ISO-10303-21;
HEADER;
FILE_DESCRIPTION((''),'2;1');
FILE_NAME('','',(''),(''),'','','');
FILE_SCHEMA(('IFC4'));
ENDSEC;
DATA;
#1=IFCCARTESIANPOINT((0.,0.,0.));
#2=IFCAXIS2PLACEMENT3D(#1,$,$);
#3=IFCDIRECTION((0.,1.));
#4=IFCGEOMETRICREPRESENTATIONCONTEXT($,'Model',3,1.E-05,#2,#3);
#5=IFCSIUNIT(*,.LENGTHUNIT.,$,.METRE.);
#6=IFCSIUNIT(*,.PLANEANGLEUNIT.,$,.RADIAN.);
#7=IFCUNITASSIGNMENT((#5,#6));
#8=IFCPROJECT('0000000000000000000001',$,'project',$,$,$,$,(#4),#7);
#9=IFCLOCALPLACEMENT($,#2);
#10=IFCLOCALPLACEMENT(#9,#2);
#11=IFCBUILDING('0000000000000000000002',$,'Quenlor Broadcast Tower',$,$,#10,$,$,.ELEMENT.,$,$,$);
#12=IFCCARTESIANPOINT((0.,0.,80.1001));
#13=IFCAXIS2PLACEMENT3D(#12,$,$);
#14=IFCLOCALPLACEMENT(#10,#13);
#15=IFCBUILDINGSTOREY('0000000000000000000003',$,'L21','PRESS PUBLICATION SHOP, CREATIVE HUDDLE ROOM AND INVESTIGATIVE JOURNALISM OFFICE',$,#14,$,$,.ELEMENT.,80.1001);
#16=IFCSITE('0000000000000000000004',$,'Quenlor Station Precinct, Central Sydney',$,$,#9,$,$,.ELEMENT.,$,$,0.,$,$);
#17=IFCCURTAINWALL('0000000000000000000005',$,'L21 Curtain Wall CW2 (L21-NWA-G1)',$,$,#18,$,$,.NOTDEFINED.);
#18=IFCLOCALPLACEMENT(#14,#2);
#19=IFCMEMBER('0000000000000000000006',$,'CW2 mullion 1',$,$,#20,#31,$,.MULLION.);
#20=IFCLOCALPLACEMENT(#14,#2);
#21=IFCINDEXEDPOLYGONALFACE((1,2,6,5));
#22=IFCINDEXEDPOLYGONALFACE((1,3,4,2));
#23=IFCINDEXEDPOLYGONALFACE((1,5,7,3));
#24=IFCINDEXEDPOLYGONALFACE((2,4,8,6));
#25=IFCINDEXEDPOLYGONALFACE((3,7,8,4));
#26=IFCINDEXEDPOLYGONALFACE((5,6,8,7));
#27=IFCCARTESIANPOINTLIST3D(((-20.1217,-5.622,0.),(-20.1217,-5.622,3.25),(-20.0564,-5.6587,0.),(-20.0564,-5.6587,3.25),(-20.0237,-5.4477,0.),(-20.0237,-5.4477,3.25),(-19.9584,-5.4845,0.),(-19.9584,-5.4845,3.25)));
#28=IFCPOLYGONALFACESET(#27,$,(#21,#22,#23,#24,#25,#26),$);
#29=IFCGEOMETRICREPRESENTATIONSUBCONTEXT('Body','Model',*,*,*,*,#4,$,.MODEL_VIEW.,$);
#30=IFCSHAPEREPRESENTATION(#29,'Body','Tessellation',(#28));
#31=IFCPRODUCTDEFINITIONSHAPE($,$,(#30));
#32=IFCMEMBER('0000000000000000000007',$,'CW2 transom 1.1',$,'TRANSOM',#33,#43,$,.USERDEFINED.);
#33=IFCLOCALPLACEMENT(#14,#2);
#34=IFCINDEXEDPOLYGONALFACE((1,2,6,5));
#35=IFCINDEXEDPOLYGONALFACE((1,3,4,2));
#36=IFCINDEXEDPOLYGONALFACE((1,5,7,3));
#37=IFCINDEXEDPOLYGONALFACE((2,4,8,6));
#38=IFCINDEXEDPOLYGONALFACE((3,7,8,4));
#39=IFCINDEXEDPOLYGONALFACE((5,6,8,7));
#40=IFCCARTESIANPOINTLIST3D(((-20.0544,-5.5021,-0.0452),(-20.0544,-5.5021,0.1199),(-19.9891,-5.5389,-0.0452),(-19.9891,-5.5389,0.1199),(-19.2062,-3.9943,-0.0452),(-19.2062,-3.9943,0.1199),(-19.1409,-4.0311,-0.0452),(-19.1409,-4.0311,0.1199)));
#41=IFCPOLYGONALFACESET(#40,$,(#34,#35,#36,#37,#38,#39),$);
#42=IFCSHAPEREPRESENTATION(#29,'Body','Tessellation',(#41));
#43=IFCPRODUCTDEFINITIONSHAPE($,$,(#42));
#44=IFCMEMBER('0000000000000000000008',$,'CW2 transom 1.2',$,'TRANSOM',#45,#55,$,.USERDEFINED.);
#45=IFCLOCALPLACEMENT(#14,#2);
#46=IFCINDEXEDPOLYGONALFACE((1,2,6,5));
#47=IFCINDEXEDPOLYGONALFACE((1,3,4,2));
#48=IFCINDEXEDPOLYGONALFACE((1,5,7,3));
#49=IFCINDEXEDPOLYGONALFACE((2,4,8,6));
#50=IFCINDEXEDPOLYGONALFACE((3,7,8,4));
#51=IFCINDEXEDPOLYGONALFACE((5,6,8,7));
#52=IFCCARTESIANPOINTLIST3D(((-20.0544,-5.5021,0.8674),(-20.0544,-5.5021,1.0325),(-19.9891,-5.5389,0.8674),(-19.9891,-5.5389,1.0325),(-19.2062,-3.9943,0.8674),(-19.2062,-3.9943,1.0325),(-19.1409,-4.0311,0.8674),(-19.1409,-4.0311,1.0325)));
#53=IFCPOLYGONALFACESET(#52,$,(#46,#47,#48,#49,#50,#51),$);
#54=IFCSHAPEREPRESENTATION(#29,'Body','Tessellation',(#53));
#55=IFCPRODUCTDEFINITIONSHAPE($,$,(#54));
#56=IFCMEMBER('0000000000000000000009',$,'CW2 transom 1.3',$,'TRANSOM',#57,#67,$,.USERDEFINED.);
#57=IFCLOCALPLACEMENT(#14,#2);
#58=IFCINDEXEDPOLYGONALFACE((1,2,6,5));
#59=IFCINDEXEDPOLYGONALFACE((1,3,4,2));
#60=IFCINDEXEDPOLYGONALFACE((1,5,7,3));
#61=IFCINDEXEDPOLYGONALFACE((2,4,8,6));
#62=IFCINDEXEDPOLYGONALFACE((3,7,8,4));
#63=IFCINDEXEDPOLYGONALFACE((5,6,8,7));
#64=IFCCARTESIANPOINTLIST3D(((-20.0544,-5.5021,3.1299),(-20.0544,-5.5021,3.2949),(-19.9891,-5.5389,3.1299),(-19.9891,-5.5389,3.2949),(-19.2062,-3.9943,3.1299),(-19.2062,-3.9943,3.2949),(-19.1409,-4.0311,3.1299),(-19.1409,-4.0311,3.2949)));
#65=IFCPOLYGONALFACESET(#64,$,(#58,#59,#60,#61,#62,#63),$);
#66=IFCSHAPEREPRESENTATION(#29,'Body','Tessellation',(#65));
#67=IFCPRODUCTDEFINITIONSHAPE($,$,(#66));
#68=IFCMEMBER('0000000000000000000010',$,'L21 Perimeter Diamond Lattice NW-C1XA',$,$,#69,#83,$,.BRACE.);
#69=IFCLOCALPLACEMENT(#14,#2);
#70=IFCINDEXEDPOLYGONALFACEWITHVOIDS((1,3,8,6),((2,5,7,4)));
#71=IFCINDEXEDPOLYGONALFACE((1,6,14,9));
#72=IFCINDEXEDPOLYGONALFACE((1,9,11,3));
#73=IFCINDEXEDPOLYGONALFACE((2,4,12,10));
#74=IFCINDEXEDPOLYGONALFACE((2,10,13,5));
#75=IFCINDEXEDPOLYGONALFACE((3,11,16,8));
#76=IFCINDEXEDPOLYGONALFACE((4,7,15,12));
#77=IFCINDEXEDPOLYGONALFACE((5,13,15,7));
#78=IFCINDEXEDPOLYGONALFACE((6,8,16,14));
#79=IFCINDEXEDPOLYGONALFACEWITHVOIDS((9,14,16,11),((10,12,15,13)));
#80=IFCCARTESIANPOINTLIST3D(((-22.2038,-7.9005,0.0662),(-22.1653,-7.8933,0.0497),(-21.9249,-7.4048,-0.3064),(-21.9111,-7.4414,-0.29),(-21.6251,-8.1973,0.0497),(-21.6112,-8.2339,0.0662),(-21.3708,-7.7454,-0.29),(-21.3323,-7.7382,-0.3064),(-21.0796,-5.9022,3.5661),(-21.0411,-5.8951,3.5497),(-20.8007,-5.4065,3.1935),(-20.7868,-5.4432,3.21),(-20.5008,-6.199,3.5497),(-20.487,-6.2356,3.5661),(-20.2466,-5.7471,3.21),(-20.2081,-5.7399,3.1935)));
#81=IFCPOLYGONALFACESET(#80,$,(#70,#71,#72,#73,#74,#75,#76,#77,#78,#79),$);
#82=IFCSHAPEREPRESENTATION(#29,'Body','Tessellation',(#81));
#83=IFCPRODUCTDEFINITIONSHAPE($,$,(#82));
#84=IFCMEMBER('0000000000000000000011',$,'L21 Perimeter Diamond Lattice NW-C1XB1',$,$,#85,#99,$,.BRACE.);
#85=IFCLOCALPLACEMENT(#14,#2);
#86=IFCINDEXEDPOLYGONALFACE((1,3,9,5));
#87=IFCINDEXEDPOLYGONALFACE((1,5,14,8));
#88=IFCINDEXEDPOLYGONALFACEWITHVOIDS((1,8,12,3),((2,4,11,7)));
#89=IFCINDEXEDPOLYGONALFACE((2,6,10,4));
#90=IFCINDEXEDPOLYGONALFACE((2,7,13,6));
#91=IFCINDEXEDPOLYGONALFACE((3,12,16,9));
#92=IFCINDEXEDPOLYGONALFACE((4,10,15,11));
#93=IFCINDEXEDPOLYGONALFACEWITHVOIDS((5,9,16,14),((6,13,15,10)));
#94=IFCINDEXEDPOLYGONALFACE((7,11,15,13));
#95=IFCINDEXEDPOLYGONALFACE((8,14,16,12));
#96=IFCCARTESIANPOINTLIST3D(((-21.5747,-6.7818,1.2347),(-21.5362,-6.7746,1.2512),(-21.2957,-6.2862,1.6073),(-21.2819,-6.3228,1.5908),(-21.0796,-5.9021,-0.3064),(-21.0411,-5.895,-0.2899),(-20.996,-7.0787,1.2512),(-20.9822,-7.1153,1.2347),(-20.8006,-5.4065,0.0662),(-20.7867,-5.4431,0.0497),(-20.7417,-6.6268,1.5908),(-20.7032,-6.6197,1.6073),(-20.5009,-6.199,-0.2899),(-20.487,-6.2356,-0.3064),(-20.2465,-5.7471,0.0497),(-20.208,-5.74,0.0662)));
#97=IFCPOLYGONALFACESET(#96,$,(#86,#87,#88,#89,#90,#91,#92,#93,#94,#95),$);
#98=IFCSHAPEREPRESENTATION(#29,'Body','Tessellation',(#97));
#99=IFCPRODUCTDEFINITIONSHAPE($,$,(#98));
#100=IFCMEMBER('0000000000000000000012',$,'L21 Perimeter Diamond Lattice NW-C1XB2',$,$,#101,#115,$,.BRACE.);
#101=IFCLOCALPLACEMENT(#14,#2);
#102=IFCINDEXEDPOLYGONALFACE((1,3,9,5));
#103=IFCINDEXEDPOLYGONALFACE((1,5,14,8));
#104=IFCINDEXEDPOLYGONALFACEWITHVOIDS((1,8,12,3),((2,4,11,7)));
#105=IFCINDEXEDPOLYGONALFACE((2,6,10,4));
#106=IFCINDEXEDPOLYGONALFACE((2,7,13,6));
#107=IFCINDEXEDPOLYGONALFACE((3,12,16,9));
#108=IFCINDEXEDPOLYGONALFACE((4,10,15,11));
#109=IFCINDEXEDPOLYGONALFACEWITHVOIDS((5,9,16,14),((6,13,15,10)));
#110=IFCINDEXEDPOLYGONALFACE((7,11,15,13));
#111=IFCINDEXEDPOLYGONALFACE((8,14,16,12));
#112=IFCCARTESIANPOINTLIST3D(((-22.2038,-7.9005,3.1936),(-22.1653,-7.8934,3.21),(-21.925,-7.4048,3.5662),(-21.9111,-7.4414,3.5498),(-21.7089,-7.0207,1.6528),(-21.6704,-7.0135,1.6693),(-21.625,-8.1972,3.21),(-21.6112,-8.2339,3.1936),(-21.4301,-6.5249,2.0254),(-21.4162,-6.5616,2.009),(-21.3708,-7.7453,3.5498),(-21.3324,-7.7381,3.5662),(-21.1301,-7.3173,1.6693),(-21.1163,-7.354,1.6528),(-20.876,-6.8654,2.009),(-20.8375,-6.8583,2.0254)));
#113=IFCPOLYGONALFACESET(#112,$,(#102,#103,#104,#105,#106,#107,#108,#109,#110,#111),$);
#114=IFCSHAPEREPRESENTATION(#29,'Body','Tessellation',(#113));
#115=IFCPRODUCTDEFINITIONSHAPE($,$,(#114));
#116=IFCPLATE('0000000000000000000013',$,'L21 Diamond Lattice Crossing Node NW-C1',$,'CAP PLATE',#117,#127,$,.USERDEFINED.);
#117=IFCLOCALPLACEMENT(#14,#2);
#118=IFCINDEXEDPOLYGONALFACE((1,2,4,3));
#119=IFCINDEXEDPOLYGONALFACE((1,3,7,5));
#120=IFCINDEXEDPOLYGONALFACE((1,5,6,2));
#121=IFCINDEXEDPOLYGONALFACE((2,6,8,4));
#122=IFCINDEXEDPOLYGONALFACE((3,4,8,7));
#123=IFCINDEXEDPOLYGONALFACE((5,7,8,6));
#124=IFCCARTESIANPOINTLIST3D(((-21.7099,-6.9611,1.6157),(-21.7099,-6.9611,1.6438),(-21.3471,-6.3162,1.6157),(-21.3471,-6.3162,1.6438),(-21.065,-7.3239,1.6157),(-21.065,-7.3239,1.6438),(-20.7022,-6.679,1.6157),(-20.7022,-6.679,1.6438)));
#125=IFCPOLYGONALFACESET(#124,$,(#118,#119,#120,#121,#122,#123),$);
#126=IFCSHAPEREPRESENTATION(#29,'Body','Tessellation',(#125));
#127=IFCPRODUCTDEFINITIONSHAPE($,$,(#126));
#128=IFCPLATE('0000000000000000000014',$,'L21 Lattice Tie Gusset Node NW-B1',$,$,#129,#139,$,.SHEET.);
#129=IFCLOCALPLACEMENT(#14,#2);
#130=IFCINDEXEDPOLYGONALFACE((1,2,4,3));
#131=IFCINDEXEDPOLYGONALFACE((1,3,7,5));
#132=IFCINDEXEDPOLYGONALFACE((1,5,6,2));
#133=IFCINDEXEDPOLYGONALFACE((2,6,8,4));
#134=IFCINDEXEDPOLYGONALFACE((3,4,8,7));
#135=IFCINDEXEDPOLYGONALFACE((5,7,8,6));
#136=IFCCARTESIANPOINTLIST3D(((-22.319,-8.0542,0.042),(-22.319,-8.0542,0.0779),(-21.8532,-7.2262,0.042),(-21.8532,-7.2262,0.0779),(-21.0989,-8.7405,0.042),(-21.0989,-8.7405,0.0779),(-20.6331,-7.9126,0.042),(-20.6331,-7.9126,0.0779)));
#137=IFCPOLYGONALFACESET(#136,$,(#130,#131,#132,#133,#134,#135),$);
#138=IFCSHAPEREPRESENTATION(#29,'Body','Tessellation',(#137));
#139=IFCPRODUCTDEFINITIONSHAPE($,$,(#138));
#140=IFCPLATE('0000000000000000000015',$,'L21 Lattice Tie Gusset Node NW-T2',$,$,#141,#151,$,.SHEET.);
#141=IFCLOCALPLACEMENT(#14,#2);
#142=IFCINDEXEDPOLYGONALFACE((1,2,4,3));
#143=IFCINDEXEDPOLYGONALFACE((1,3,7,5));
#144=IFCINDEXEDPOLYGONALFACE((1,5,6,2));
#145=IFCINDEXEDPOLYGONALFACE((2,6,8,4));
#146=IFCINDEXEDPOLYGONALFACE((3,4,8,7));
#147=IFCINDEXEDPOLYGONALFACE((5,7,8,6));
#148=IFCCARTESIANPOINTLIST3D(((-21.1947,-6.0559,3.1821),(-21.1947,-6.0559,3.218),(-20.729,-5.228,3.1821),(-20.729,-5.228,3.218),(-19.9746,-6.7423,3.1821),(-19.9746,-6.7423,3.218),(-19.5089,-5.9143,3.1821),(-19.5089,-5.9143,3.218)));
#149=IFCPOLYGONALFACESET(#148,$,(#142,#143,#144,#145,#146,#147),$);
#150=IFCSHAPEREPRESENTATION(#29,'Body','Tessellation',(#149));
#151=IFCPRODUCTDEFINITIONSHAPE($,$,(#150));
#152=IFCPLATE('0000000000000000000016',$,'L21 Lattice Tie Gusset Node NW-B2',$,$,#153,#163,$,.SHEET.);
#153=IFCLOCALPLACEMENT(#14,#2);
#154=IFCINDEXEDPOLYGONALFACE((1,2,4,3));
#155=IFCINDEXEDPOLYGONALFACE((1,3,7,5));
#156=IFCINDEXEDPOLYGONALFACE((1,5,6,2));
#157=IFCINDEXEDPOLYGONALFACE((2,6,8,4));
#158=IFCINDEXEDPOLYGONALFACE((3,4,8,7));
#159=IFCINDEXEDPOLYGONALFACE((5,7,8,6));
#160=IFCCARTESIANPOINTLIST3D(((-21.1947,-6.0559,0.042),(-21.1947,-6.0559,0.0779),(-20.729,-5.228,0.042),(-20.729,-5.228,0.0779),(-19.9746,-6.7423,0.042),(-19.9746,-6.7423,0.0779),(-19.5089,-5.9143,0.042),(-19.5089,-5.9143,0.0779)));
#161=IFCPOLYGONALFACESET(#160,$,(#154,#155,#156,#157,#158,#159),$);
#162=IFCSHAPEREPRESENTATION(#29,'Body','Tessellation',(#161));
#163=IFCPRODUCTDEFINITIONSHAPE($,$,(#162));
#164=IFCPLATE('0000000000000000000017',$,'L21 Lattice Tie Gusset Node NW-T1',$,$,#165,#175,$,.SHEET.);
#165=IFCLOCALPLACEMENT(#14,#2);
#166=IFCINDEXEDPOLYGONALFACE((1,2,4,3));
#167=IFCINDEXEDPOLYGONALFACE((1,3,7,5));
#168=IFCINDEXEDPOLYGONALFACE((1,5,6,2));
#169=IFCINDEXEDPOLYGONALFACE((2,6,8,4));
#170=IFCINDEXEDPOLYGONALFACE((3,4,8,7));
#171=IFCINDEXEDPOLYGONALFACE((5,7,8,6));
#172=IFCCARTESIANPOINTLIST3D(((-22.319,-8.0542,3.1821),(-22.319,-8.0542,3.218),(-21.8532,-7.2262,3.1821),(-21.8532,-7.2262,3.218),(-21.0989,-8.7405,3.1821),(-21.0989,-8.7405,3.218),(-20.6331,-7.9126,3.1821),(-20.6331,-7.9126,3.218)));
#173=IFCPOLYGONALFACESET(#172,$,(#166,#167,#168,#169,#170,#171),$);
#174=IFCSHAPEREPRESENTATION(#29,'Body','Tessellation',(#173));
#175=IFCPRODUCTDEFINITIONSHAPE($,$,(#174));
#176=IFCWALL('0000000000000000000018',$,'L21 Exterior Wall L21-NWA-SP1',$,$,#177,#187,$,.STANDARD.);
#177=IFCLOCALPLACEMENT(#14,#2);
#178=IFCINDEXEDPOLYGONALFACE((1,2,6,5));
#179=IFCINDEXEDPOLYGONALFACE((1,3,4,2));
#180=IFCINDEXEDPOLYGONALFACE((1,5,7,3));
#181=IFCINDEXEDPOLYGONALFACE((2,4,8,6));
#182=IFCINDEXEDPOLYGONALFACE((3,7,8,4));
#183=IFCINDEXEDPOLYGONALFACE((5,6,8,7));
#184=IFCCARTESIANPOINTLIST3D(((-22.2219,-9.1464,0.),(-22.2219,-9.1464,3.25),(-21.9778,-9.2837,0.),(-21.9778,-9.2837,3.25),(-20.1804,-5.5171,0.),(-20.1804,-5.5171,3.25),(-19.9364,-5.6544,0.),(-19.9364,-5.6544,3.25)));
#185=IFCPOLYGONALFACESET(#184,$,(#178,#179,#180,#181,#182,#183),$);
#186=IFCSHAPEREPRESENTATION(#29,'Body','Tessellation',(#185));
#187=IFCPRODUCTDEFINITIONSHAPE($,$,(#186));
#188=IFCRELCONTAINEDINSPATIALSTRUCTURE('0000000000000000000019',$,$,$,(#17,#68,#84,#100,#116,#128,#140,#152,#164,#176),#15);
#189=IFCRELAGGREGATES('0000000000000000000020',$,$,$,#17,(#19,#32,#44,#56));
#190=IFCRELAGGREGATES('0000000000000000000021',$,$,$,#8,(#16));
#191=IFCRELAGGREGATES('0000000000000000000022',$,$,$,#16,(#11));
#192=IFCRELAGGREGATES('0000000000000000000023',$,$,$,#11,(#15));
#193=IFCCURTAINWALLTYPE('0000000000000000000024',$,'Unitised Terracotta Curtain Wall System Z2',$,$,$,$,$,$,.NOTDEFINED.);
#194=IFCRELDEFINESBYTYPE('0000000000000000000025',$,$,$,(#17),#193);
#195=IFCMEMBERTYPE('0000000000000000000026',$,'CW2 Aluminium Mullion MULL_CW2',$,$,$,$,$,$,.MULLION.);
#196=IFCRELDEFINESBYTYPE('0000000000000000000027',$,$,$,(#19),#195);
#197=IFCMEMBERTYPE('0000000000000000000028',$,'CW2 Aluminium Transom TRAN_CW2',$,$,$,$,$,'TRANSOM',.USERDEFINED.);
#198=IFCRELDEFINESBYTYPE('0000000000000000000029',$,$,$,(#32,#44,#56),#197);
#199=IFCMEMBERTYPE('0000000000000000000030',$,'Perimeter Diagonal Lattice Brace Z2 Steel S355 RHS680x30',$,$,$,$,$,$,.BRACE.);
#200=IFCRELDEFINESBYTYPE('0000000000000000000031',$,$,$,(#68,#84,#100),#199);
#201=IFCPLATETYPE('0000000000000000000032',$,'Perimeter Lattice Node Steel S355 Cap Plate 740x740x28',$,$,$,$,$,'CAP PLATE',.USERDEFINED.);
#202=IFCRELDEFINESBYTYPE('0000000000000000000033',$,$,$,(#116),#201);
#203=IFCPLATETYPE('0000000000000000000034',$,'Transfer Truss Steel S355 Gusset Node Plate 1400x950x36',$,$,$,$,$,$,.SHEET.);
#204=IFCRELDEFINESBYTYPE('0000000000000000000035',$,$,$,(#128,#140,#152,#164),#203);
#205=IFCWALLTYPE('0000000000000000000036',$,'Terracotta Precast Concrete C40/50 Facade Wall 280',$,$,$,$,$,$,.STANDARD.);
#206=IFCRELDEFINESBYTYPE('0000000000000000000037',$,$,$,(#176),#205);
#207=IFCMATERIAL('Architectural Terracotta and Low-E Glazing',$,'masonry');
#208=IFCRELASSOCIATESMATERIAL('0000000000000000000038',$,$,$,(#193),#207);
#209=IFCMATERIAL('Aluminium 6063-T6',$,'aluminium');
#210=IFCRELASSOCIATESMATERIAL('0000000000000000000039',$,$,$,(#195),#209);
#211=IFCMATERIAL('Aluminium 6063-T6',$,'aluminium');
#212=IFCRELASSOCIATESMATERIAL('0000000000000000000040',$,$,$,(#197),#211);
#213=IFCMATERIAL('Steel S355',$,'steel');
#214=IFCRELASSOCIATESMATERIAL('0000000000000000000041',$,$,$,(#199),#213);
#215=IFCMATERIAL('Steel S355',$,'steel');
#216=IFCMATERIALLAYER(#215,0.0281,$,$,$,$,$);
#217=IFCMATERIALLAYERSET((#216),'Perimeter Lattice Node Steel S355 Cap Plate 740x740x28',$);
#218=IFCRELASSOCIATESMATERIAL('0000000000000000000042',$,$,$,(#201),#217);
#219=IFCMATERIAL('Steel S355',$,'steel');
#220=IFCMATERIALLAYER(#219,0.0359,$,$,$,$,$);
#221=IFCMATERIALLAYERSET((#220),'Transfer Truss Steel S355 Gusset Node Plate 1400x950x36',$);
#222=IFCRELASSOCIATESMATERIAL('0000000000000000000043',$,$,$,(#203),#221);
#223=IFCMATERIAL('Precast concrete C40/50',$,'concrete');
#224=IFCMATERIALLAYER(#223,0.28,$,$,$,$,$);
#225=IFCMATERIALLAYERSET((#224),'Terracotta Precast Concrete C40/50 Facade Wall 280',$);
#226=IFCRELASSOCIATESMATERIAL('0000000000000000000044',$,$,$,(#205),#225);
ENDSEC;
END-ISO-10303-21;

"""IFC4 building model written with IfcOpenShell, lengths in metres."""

from ifc_helpers import new_model, si_unit, direction, frame, frame_2d, origin, origin_2d, place, context, subcontext, project, spatial, rectangle, hollow_rectangle, extrude, material, layer, layer_set, material_profile, profile_set, type_object, element, aggregate, save


model = new_model("IFC4")

# Units and contexts
model_context = context("Model", 3, precision=1e-05, world=origin(), true_north=direction((0.0, 1.0)))
body_context = subcontext(model_context, "Body", "Model", "MODEL_VIEW")
ifc_project = project(units=[si_unit("LENGTHUNIT", "METRE"), si_unit("PLANEANGLEUNIT", "RADIAN")], contexts=[model_context])

# Site, building, storey
site_placement = place(None, origin())
site = spatial("IfcSite", under=ifc_project, at=site_placement, Name="Quenlor Station Precinct, Central Sydney", CompositionType="ELEMENT", RefElevation=0.0)
building_placement = place(site_placement, origin())
building = spatial("IfcBuilding", under=site, at=building_placement, Name="Quenlor Broadcast Tower", CompositionType="ELEMENT")
storey_placement = place(building_placement, frame((0.0, 0.0, 80.1001)))
storey = spatial("IfcBuildingStorey", under=building, at=storey_placement, Name="L21", Description="PRESS PUBLICATION SHOP, CREATIVE HUDDLE ROOM AND INVESTIGATIVE JOURNALISM OFFICE", CompositionType="ELEMENT", Elevation=80.1001)

# Curtain wall, members
ifc_material_1 = material(Name="Architectural Terracotta and Low-E Glazing", Category="masonry")
curtain_wall_type = type_object("IfcCurtainWallType", Name="Unitised Terracotta Curtain Wall System Z2", PredefinedType="NOTDEFINED", material=ifc_material_1)
curtain_wall_placement = place(storey_placement, origin())
curtain_wall = element("IfcCurtainWall", 1, at=curtain_wall_placement, inside=storey, type_object=curtain_wall_type, Name="L21 Curtain Wall CW2 (L21-NWA-G1)", PredefinedType="NOTDEFINED")
ifc_material_2 = material(Name="Aluminium 6063-T6", Category="aluminium")
ifc_material_profile_1 = material_profile(ifc_material_2, rectangle(XDim=0.075, YDim=0.2, at=origin_2d()))
ifc_profile_set_1 = profile_set([ifc_material_profile_1], Name="Aluminium 6063-T6 MULL75x200")
member_type_1 = type_object("IfcMemberType", Name="CW2 Aluminium Mullion MULL_CW2", PredefinedType="MULLION", material=ifc_profile_set_1)
member_1_placement = place(storey_placement, frame((-20.04, -5.5532, 0.0), z_axis=(0.0, 0.0, 1.0), x_axis=(-0.871567, 0.490277, 0.0)))
member_1 = element("IfcMember", 2, at=member_1_placement, type_object=member_type_1, Name="CW2 mullion 1", PredefinedType="MULLION", context=body_context, shape_type="SweptSolid", body=[
    extrude(rectangle(XDim=0.075, YDim=0.2, at=origin_2d()), origin(), (0.0, 0.0, 1.0), 3.25),
])
ifc_material_3 = material(Name="Aluminium 6063-T6", Category="aluminium")
ifc_material_profile_2 = material_profile(ifc_material_3, rectangle(XDim=0.075, YDim=0.165, at=origin_2d()))
ifc_profile_set_2 = profile_set([ifc_material_profile_2], Name="Aluminium 6063-T6 TRAN75x165")
member_type_2 = type_object("IfcMemberType", Name="CW2 Aluminium Transom TRAN_CW2", ElementType="TRANSOM", PredefinedType="USERDEFINED", material=ifc_profile_set_2)
member_2_placement = place(storey_placement, frame((-20.0217, -5.5205, 0.0374), z_axis=(0.490261, 0.871576, 0.0), x_axis=(-0.871576, 0.490261, 0.0)))
member_2 = element("IfcMember", 3, at=member_2_placement, type_object=member_type_2, Name="CW2 transom 1.1", ObjectType="TRANSOM", PredefinedType="USERDEFINED", context=body_context, shape_type="SweptSolid", body=[
    extrude(rectangle(XDim=0.075, YDim=0.165, at=origin_2d()), origin(), (0.0, 0.0, 1.0), 1.73),
])
member_3_placement = place(storey_placement, frame((-20.0217, -5.5205, 0.95), z_axis=(0.490261, 0.871576, 0.0), x_axis=(-0.871576, 0.490261, 0.0)))
member_3 = element("IfcMember", 4, at=member_3_placement, type_object=member_type_2, Name="CW2 transom 1.2", ObjectType="TRANSOM", PredefinedType="USERDEFINED", context=body_context, shape_type="SweptSolid", body=[
    extrude(rectangle(XDim=0.075, YDim=0.165, at=origin_2d()), origin(), (0.0, 0.0, 1.0), 1.73),
])
member_4_placement = place(storey_placement, frame((-20.0217, -5.5205, 3.2124), z_axis=(0.490261, 0.871576, 0.0), x_axis=(-0.871576, 0.490261, 0.0)))
member_4 = element("IfcMember", 5, at=member_4_placement, type_object=member_type_2, Name="CW2 transom 1.3", ObjectType="TRANSOM", PredefinedType="USERDEFINED", context=body_context, shape_type="SweptSolid", body=[
    extrude(rectangle(XDim=0.075, YDim=0.165, at=origin_2d()), origin(), (0.0, 0.0, 1.0), 1.73),
])
aggregate(curtain_wall, [member_1, member_2, member_3, member_4])

# Members
ifc_material_4 = material(Name="Steel S355", Category="steel")
ifc_material_profile_3 = material_profile(ifc_material_4, hollow_rectangle(XDim=0.6799, YDim=0.6799, WallThickness=0.03, at=origin_2d()))
ifc_profile_set_3 = profile_set([ifc_material_profile_3], Name="Steel S355 RHS680x680x30")
member_type_3 = type_object("IfcMemberType", Name="Perimeter Diagonal Lattice Brace Z2 Steel S355 RHS680x30", PredefinedType="BRACE", material=ifc_profile_set_3)
member_5_placement = place(storey_placement, frame((-21.7681, -7.8193, -0.1201), z_axis=(0.268697, 0.477585, 0.836489), x_axis=(-0.871533, 0.490337, 0.0)))
element("IfcMember", 6, at=member_5_placement, inside=storey, type_object=member_type_3, Name="L21 Perimeter Diamond Lattice NW-C1XA", PredefinedType="BRACE", context=body_context, shape_type="SweptSolid", body=[
    extrude(hollow_rectangle(XDim=0.6799, YDim=0.6799, WallThickness=0.03, at=origin_2d()), origin(), (0.0, 0.0, 1.0), 4.1841),
])
member_6_placement = place(storey_placement, frame((-20.6438, -5.821, -0.1201), z_axis=(-0.268767, -0.477498, 0.836517), x_axis=(0.87144, -0.490502, 0.0)))
element("IfcMember", 7, at=member_6_placement, inside=storey, type_object=member_type_3, Name="L21 Perimeter Diamond Lattice NW-C1XB1", PredefinedType="BRACE", context=body_context, shape_type="SweptSolid", body=[
    extrude(hollow_rectangle(XDim=0.6799, YDim=0.6799, WallThickness=0.03, at=origin_2d()), origin(), (0.0, 0.0, 1.0), 1.8423),
])
member_7_placement = place(storey_placement, frame((-21.2732, -6.9395, 1.8391), z_axis=(-0.268657, -0.477671, 0.836454), x_axis=(0.871601, -0.490215, 0.0)))
element("IfcMember", 8, at=member_7_placement, inside=storey, type_object=member_type_3, Name="L21 Perimeter Diamond Lattice NW-C1XB2", PredefinedType="BRACE", context=body_context, shape_type="SweptSolid", body=[
    extrude(hollow_rectangle(XDim=0.6799, YDim=0.6799, WallThickness=0.03, at=origin_2d()), origin(), (0.0, 0.0, 1.0), 1.842),
])

# Plates
ifc_material_5 = material(Name="Steel S355", Category="steel")
ifc_layer_1 = layer(ifc_material_5, 0.0281)
ifc_layer_set_1 = layer_set([ifc_layer_1], Name="Perimeter Lattice Node Steel S355 Cap Plate 740x740x28")
plate_type_1 = type_object("IfcPlateType", Name="Perimeter Lattice Node Steel S355 Cap Plate 740x740x28", ElementType="CAP PLATE", PredefinedType="USERDEFINED", material=ifc_layer_set_1)
plate_placement = place(storey_placement, frame((-21.2061, -6.8201, 1.6157), z_axis=(0.0, 0.0, 1.0), x_axis=(0.490295, 0.871556, 0.0)))
element("IfcPlate", 9, at=plate_placement, inside=storey, type_object=plate_type_1, Name="L21 Diamond Lattice Crossing Node NW-C1", ObjectType="CAP PLATE", PredefinedType="USERDEFINED", context=body_context, shape_type="SweptSolid", body=[
    extrude(rectangle(XDim=0.74, YDim=0.74, at=origin_2d()), origin(), (0.0, 0.0, 1.0), 0.0281),
])
ifc_material_6 = material(Name="Steel S355", Category="steel")
ifc_layer_2 = layer(ifc_material_6, 0.0359)
ifc_layer_set_2 = layer_set([ifc_layer_2], Name="Transfer Truss Steel S355 Gusset Node Plate 1400x950x36")
plate_type_2 = type_object("IfcPlateType", Name="Transfer Truss Steel S355 Gusset Node Plate 1400x950x36", PredefinedType="SHEET", material=ifc_layer_set_2)
for number, where, z_axis, x_axis, name in (
    (10, (-21.4761, -7.9834, 0.042), (0.0, 0.0, 1.0), (-0.871556, 0.490295, 0.0), "L21 Lattice Tie Gusset Node NW-B1"),
    (11, (-20.3518, -5.9851, 3.1821), (0.0, 0.0, 1.0), (-0.871556, 0.490295, 0.0), "L21 Lattice Tie Gusset Node NW-T2"),
    (12, (-20.3518, -5.9851, 0.042), (0.0, 0.0, 1.0), (-0.871556, 0.490295, 0.0), "L21 Lattice Tie Gusset Node NW-B2"),
    (13, (-21.4761, -7.9834, 3.1821), (0.0, 0.0, 1.0), (-0.871556, 0.490295, 0.0), "L21 Lattice Tie Gusset Node NW-T1"),
):
    element("IfcPlate", number, at=place(storey_placement, frame(where, z_axis=z_axis, x_axis=x_axis)), inside=storey, type_object=plate_type_2, Name=name, PredefinedType="SHEET", context=body_context, shape_type="SweptSolid", body=[
        extrude(rectangle(XDim=1.3999, YDim=0.95, at=origin_2d()), origin(), (0.0, 0.0, 1.0), 0.0359),
    ])

# Wall
ifc_material_7 = material(Name="Precast concrete C40/50", Category="concrete")
ifc_layer_3 = layer(ifc_material_7, 0.28)
ifc_layer_set_3 = layer_set([ifc_layer_3], Name="Terracotta Precast Concrete C40/50 Facade Wall 280")
wall_type = type_object("IfcWallType", Name="Terracotta Precast Concrete C40/50 Facade Wall 280", PredefinedType="STANDARD", material=ifc_layer_set_3)
wall_placement = place(storey_placement, frame((-22.0999, -9.2151, 0.0), z_axis=(0.0, 0.0, 1.0), x_axis=(0.490256, 0.871579, 0.0)))
element("IfcWall", 14, at=wall_placement, inside=storey, type_object=wall_type, Name="L21 Exterior Wall L21-NWA-SP1", PredefinedType="STANDARD", context=body_context, shape_type="SweptSolid", body=[
    extrude(rectangle(XDim=4.1641, YDim=0.28, at=frame_2d((2.082, 0.0))), origin(), (0.0, 0.0, 1.0), 3.25),
])

save(model, "model.ifc")
